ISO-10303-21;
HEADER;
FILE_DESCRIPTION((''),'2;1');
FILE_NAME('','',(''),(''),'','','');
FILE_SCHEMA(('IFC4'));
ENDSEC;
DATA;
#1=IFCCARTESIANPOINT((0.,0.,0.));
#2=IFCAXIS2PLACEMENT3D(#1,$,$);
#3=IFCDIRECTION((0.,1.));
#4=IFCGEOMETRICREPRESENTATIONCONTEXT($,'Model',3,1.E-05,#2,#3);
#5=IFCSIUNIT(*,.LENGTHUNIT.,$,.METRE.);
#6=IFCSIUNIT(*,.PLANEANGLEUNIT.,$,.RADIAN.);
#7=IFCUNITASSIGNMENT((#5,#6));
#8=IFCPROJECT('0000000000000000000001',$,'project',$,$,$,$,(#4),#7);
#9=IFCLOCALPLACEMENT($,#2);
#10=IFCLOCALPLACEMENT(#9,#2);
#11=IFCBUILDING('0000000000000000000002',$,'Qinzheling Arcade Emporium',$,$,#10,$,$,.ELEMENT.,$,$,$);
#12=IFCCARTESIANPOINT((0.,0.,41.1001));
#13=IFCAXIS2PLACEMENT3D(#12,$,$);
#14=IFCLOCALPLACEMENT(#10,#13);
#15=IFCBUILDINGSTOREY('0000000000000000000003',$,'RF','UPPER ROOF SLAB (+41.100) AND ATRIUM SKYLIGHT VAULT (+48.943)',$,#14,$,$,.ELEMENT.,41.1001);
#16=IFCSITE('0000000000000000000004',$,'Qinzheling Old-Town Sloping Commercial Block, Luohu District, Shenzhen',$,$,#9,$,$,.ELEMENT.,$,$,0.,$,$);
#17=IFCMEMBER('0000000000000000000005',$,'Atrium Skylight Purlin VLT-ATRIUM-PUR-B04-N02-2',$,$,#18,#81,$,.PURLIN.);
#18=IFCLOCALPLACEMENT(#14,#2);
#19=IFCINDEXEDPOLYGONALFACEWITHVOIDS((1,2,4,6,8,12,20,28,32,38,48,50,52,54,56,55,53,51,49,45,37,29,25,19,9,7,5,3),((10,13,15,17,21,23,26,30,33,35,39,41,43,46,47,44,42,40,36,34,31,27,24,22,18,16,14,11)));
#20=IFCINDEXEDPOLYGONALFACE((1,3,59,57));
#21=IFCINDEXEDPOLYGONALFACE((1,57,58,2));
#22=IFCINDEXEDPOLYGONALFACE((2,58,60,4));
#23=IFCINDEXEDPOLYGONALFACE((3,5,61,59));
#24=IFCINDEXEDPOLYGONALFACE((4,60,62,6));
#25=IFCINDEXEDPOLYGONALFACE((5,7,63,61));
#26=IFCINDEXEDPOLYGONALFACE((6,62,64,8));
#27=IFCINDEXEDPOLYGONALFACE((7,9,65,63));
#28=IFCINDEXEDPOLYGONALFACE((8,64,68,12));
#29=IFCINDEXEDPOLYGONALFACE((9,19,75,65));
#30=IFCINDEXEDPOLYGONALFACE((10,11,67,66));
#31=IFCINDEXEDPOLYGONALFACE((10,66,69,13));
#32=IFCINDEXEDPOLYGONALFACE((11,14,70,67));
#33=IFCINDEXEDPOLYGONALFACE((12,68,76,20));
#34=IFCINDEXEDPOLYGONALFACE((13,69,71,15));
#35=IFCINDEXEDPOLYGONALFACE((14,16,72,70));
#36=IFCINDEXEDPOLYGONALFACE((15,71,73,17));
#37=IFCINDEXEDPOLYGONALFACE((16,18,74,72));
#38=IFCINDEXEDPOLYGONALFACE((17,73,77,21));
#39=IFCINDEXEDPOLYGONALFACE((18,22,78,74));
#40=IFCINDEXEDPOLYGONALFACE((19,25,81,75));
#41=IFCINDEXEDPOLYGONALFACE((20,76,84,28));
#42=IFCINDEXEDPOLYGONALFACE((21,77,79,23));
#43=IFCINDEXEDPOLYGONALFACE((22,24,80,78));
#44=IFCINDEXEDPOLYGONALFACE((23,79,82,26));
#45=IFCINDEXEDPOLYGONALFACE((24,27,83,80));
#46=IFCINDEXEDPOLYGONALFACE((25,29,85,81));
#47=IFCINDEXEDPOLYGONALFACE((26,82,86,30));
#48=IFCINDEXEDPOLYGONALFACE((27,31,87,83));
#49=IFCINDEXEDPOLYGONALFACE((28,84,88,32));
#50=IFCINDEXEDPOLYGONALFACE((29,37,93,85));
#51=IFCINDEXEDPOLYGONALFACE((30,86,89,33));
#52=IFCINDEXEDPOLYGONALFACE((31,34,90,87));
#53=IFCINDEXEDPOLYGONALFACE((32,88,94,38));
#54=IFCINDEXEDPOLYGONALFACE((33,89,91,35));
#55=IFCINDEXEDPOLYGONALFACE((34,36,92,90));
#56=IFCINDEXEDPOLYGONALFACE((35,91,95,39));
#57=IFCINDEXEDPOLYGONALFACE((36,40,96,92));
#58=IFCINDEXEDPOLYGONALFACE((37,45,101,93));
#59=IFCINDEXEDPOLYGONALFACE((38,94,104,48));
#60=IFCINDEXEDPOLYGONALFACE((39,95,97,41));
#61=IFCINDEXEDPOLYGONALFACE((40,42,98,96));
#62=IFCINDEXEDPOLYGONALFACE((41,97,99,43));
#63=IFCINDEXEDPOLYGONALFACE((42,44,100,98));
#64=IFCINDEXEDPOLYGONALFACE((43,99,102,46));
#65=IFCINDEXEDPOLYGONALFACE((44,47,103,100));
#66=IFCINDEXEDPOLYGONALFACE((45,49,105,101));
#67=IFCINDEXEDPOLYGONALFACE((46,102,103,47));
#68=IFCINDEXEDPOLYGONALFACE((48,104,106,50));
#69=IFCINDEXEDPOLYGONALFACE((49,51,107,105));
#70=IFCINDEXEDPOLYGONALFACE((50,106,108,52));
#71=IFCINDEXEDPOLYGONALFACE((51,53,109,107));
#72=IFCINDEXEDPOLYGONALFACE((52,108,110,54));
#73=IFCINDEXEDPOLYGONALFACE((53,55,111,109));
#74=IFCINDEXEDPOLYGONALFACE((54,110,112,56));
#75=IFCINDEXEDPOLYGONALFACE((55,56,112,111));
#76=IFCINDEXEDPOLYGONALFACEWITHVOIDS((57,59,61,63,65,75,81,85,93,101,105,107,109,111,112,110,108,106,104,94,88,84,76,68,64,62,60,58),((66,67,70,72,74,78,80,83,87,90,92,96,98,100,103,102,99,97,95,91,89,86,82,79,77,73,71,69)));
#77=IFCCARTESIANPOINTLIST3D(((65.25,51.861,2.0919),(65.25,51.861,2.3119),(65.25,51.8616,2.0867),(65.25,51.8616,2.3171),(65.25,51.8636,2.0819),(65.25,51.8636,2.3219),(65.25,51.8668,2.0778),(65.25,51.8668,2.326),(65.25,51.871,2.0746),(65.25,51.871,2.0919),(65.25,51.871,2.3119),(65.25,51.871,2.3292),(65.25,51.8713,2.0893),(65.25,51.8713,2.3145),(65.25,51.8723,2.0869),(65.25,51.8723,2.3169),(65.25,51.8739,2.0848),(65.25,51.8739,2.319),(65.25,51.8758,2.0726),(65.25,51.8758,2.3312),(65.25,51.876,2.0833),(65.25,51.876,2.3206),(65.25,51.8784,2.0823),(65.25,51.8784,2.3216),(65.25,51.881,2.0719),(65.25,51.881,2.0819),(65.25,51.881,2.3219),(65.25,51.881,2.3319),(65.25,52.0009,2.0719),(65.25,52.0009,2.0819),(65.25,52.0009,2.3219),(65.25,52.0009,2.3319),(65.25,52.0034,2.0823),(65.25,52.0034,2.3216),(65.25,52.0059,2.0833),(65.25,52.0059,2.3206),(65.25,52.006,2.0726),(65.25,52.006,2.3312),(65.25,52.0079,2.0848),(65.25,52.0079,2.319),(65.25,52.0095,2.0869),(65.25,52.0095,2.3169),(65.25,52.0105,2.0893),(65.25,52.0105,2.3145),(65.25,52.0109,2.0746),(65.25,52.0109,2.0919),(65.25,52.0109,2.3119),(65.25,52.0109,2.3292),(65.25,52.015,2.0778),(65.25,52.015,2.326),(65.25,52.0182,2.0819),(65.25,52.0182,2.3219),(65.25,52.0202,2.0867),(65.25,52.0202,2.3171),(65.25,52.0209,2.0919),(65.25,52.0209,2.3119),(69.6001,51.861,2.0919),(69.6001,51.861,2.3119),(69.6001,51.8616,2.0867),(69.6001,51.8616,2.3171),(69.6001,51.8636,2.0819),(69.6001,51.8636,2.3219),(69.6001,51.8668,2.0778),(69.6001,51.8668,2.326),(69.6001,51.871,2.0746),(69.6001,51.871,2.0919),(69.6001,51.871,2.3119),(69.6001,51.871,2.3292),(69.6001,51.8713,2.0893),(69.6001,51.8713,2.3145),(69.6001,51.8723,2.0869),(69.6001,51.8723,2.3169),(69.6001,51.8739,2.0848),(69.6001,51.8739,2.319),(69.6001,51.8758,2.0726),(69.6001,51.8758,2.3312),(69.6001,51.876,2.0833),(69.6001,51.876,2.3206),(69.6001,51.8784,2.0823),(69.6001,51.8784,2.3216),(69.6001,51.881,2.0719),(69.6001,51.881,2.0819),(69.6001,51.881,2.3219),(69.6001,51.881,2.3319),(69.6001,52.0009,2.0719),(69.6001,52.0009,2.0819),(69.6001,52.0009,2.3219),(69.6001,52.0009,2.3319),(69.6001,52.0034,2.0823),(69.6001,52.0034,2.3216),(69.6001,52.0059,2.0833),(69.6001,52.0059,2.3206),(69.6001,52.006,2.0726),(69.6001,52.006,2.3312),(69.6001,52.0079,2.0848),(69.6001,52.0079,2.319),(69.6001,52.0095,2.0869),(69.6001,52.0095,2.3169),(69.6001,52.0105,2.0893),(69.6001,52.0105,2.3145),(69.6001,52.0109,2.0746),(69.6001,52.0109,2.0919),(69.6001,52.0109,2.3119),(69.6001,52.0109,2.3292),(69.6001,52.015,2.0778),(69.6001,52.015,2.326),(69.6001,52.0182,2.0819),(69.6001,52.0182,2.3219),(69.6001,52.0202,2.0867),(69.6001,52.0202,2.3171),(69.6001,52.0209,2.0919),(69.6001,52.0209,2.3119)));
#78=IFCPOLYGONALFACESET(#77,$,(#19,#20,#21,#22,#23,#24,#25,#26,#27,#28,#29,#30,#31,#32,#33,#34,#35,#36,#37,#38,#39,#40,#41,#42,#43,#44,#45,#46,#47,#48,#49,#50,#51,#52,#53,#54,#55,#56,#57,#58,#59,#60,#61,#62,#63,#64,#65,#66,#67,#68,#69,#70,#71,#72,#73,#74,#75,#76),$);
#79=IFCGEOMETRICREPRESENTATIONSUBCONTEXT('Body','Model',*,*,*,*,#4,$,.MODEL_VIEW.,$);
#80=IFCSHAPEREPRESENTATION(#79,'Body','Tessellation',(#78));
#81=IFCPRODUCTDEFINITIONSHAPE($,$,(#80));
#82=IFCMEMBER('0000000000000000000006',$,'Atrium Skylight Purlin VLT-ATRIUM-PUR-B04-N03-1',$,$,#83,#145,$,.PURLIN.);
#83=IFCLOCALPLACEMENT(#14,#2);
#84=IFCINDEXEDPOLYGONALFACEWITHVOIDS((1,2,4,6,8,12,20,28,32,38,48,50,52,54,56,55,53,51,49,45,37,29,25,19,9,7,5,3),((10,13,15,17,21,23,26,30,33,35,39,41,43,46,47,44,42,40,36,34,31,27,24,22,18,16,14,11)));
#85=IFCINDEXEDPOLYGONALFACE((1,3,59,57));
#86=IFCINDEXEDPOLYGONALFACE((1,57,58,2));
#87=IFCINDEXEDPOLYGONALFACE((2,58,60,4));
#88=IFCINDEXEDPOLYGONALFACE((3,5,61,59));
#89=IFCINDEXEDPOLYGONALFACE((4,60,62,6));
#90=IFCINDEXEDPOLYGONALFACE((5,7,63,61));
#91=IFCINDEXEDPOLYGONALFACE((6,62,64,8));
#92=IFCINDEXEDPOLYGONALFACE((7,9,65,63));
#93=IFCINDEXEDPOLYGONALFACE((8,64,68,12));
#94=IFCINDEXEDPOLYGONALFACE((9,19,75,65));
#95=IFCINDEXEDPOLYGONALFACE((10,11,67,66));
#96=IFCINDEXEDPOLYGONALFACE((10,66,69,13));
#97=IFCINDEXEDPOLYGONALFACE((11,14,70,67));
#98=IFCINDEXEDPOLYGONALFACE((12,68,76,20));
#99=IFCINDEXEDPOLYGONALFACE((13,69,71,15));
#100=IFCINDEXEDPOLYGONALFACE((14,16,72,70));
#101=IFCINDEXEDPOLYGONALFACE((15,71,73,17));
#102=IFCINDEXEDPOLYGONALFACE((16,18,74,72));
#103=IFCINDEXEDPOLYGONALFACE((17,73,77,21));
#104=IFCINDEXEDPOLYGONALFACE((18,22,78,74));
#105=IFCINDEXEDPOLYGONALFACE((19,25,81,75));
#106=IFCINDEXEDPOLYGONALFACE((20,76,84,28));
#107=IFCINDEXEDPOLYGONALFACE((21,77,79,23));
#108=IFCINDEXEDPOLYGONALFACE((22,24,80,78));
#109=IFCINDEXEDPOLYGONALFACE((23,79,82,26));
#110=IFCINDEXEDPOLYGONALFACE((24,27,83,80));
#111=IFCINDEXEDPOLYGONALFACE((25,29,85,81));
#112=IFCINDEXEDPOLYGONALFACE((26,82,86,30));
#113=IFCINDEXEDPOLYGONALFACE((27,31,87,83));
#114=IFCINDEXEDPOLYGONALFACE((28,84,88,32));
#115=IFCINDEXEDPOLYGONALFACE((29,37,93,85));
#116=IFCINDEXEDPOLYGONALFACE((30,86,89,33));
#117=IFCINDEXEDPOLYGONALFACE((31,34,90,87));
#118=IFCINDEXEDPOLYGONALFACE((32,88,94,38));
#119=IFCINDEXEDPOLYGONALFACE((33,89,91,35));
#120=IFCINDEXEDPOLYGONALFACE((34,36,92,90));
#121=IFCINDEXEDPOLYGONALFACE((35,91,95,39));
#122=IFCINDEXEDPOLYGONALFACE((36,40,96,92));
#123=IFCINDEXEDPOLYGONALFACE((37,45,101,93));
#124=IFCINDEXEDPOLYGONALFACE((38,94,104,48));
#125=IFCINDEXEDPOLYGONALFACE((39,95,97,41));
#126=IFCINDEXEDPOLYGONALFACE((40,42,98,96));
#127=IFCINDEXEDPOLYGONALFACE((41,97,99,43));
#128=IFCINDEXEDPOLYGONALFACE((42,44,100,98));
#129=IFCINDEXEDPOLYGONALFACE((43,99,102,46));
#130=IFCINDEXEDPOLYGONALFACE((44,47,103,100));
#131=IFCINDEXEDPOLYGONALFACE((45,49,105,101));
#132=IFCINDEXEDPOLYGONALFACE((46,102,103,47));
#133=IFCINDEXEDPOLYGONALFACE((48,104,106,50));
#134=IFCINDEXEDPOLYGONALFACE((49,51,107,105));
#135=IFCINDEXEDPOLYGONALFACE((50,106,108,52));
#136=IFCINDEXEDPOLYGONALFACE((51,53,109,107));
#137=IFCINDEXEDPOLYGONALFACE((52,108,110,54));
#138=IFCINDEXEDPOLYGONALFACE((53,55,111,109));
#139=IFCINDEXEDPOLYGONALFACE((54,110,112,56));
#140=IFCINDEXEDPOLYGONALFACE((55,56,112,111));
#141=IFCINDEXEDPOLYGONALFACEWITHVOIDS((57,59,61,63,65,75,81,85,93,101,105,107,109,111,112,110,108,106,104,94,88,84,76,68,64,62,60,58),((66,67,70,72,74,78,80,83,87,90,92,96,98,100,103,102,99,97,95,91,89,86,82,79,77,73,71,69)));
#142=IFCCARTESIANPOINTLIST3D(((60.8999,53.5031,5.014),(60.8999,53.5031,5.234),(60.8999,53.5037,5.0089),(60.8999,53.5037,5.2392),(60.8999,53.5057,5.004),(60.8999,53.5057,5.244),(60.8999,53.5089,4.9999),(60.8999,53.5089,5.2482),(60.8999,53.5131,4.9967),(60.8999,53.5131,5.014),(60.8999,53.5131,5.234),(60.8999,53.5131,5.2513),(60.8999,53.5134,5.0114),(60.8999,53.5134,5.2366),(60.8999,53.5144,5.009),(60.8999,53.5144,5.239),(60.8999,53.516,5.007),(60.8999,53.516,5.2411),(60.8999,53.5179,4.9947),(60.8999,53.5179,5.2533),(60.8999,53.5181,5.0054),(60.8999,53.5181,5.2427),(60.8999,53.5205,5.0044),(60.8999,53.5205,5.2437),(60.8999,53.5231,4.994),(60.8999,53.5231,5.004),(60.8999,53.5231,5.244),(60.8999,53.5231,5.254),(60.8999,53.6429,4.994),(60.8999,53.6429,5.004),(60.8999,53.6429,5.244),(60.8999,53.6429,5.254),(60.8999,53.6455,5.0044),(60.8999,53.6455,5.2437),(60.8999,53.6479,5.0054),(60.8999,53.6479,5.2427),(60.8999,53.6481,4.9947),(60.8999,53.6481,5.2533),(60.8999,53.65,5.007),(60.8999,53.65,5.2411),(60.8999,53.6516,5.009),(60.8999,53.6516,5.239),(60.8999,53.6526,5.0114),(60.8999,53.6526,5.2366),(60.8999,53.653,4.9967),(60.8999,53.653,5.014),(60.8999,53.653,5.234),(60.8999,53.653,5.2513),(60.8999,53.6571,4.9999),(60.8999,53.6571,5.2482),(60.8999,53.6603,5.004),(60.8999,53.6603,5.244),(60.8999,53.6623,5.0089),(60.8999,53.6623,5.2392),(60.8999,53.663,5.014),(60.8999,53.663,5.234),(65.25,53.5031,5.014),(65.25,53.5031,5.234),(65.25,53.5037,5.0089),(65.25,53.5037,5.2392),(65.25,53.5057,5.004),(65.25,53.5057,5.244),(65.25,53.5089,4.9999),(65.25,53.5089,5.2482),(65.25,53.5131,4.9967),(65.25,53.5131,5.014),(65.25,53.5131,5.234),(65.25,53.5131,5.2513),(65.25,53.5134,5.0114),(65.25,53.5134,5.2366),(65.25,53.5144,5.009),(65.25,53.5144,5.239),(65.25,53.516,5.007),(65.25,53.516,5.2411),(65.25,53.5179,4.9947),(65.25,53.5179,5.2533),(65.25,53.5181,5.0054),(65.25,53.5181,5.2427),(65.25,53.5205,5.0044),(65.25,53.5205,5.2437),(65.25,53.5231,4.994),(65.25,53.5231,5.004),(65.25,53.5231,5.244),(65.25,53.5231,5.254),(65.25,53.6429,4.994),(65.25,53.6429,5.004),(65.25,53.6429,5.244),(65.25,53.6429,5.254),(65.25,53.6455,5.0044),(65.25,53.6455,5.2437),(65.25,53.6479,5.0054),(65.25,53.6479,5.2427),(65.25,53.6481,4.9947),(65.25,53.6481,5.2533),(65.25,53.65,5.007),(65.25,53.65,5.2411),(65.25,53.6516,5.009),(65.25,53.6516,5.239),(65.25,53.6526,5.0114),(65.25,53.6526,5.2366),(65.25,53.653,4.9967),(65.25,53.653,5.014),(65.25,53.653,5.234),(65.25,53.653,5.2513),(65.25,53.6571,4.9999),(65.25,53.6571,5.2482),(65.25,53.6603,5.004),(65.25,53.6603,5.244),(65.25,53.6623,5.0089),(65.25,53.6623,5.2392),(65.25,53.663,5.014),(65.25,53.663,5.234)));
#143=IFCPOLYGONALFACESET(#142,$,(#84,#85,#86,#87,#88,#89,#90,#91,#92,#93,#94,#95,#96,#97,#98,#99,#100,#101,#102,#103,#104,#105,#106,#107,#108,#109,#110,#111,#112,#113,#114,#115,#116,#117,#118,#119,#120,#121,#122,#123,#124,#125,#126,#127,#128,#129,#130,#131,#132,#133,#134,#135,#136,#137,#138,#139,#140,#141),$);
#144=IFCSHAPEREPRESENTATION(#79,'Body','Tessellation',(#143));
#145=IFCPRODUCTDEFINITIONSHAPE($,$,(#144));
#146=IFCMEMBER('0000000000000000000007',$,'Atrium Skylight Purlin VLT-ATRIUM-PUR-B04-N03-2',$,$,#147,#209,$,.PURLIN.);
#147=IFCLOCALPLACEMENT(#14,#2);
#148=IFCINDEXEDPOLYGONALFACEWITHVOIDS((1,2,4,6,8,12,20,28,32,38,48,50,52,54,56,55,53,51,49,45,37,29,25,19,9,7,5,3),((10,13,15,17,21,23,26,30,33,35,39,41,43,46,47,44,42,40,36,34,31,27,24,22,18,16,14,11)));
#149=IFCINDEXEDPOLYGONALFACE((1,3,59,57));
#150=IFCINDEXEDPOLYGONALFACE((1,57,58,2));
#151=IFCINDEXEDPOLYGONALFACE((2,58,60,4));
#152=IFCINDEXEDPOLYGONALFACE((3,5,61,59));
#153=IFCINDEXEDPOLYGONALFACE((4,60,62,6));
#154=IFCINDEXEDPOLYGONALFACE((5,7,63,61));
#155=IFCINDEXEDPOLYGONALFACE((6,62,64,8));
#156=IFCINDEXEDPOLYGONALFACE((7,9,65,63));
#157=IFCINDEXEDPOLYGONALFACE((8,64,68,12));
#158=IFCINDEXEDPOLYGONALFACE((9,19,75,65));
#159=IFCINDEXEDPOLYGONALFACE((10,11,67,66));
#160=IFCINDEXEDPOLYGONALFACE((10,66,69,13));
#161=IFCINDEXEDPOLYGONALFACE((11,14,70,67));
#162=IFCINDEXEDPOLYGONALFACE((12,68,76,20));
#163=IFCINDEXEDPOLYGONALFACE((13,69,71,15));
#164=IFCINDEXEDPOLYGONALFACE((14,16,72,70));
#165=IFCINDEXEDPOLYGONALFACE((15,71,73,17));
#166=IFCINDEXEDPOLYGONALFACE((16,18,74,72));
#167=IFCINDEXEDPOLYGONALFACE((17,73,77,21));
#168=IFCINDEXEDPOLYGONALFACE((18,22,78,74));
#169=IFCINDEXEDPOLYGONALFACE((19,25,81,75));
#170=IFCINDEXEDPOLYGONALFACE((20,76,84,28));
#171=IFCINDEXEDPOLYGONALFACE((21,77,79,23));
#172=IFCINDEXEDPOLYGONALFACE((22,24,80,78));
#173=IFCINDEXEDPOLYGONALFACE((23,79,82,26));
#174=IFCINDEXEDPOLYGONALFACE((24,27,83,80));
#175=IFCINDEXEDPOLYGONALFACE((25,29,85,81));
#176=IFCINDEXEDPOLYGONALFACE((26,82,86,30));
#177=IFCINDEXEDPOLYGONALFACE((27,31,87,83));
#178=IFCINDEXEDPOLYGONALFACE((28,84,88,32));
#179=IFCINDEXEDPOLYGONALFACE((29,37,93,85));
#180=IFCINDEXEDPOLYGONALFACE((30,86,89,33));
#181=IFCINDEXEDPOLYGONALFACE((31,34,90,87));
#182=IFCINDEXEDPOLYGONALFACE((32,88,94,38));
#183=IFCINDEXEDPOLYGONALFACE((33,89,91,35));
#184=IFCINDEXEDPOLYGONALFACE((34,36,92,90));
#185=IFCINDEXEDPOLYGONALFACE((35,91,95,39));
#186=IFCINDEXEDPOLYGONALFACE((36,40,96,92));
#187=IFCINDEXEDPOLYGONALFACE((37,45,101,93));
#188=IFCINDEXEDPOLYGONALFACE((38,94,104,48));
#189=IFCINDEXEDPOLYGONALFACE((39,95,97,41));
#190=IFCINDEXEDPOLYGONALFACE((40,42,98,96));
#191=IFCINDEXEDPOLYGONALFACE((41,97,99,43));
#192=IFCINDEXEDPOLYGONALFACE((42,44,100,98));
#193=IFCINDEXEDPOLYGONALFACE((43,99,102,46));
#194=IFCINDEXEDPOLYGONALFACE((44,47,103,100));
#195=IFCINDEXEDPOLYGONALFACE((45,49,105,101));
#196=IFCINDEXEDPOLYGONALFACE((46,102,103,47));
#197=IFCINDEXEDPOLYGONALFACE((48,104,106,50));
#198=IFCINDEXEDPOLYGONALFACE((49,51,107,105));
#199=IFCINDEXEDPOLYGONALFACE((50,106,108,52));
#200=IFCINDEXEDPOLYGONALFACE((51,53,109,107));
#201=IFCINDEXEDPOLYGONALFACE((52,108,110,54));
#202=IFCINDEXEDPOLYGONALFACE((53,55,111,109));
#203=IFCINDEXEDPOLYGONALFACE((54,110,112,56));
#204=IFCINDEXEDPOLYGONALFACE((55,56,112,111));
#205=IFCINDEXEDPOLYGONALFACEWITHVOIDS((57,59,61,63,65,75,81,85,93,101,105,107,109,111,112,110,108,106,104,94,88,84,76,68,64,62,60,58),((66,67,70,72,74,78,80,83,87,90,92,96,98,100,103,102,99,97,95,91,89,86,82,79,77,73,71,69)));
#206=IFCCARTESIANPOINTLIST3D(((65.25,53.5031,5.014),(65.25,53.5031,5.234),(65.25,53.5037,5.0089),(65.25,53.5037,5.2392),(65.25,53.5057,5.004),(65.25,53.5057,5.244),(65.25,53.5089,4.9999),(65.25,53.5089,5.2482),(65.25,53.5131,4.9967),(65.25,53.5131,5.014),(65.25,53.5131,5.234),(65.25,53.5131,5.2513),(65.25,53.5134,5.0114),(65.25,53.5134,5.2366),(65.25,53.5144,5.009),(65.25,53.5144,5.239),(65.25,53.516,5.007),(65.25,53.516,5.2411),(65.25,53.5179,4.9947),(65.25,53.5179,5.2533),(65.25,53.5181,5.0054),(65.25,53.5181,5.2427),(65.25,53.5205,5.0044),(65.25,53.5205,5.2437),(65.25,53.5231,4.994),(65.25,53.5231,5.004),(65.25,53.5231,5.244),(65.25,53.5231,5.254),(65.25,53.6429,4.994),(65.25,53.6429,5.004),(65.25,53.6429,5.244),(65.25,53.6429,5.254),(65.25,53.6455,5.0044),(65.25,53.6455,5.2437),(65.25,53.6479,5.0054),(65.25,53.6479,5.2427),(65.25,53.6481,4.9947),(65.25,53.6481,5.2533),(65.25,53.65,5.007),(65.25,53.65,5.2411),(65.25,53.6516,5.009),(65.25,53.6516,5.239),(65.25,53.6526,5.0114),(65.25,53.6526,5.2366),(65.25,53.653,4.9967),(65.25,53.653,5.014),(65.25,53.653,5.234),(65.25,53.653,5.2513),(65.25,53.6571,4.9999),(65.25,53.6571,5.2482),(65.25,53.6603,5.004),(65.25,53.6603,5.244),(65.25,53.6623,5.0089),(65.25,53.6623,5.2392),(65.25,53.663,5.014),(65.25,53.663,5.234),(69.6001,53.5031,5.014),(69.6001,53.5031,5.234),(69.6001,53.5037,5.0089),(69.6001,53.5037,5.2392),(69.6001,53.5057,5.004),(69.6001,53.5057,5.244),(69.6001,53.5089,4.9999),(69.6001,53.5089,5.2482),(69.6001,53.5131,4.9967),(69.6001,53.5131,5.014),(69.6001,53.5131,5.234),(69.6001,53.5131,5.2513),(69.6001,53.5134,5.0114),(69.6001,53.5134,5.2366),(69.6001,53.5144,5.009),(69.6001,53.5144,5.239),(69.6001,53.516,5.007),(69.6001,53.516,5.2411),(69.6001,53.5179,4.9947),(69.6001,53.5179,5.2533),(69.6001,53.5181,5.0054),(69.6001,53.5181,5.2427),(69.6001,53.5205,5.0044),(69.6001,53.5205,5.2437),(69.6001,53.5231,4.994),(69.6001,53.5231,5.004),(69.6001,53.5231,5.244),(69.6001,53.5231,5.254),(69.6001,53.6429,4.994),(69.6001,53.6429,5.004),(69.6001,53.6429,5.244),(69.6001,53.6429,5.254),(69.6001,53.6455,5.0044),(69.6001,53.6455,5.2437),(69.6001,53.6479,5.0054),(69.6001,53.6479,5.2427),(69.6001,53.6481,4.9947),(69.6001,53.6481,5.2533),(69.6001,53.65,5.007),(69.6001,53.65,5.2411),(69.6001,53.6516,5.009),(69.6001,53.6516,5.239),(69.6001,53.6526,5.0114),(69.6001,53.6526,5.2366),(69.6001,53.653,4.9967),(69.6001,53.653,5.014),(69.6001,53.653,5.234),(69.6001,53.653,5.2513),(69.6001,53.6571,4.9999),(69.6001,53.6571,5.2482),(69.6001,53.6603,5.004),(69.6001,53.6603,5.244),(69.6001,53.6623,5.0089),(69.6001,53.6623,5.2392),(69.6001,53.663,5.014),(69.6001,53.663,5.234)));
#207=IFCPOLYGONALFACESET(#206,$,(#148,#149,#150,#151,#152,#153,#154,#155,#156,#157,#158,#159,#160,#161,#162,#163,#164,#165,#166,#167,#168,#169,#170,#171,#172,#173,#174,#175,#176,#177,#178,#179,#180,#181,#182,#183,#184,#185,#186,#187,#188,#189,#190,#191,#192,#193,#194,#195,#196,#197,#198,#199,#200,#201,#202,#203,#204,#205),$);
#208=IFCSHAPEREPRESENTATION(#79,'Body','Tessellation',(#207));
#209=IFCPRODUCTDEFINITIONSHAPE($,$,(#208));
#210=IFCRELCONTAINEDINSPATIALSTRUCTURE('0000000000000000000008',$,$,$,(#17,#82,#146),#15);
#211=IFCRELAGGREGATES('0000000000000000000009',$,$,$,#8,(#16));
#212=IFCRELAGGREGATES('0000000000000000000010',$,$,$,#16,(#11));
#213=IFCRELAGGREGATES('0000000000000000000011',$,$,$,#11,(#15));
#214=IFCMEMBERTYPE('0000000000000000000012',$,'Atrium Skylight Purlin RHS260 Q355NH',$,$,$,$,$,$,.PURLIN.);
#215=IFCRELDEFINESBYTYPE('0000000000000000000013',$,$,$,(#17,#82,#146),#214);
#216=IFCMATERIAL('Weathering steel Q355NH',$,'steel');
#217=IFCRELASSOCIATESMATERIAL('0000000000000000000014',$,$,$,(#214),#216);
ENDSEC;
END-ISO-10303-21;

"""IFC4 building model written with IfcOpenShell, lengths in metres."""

from ifc_helpers import new_model, si_unit, direction, frame, origin, origin_2d, place, context, subcontext, project, spatial, hollow_rectangle, extrude, material, material_profile, profile_set, type_object, element, save


model = new_model("IFC4")

# Units and contexts
model_context = context("Model", 3, precision=1e-05, world=origin(), true_north=direction((0.0, 1.0)))
body_context = subcontext(model_context, "Body", "Model", "MODEL_VIEW")
ifc_project = project(units=[si_unit("LENGTHUNIT", "METRE"), si_unit("PLANEANGLEUNIT", "RADIAN")], contexts=[model_context])

# Site, building, storey
site_placement = place(None, origin())
site = spatial("IfcSite", under=ifc_project, at=site_placement, Name="Qinzheling Old-Town Sloping Commercial Block, Luohu District, Shenzhen", CompositionType="ELEMENT", RefElevation=0.0)
building_placement = place(site_placement, origin())
building = spatial("IfcBuilding", under=site, at=building_placement, Name="Qinzheling Arcade Emporium", CompositionType="ELEMENT")
storey_placement = place(building_placement, frame((0.0, 0.0, 41.1001)))
storey = spatial("IfcBuildingStorey", under=building, at=storey_placement, Name="RF", Description="UPPER ROOF SLAB (+41.100) AND ATRIUM SKYLIGHT VAULT (+48.943)", CompositionType="ELEMENT", Elevation=41.1001)

# Shared definitions
ifc_material_1 = material(Name="Weathering steel Q355NH", Category="steel")

# Members
ifc_material_profile_1 = material_profile(ifc_material_1, hollow_rectangle(XDim=0.1599, YDim=0.26, WallThickness=0.01, InnerFilletRadius=0.01, OuterFilletRadius=0.02, at=origin_2d()), Name="RHS 260x160x10", Category="steel")
ifc_profile_set_1 = profile_set([ifc_material_profile_1], Name="Weathering steel Q355NH")
member_type = type_object("IfcMemberType", Name="Atrium Skylight Purlin RHS260 Q355NH", PredefinedType="PURLIN", material=ifc_profile_set_1)
for number, where, z_axis, x_axis, name in (
    (1, (65.25, 51.9409, 2.2019), (1.0, 0.0, 0.0), (0.0, 1.0, 0.0), "Atrium Skylight Purlin VLT-ATRIUM-PUR-B04-N02-2"),
    (2, (60.8999, 53.583, 5.124), (1.0, 0.0, 0.0), (0.0, 1.0, 0.0), "Atrium Skylight Purlin VLT-ATRIUM-PUR-B04-N03-1"),
    (3, (65.25, 53.583, 5.124), (1.0, 0.0, 0.0), (0.0, 1.0, 0.0), "Atrium Skylight Purlin VLT-ATRIUM-PUR-B04-N03-2"),
):
    element("IfcMember", number, at=place(storey_placement, frame(where, z_axis=z_axis, x_axis=x_axis)), inside=storey, type_object=member_type, Name=name, PredefinedType="PURLIN", context=body_context, shape_type="SweptSolid", body=[
        extrude(hollow_rectangle(XDim=0.1599, YDim=0.26, WallThickness=0.01, InnerFilletRadius=0.01, OuterFilletRadius=0.02, at=origin_2d()), origin(), (0.0, 0.0, 1.0), 4.3501),
    ])

save(model, "model.ifc")
